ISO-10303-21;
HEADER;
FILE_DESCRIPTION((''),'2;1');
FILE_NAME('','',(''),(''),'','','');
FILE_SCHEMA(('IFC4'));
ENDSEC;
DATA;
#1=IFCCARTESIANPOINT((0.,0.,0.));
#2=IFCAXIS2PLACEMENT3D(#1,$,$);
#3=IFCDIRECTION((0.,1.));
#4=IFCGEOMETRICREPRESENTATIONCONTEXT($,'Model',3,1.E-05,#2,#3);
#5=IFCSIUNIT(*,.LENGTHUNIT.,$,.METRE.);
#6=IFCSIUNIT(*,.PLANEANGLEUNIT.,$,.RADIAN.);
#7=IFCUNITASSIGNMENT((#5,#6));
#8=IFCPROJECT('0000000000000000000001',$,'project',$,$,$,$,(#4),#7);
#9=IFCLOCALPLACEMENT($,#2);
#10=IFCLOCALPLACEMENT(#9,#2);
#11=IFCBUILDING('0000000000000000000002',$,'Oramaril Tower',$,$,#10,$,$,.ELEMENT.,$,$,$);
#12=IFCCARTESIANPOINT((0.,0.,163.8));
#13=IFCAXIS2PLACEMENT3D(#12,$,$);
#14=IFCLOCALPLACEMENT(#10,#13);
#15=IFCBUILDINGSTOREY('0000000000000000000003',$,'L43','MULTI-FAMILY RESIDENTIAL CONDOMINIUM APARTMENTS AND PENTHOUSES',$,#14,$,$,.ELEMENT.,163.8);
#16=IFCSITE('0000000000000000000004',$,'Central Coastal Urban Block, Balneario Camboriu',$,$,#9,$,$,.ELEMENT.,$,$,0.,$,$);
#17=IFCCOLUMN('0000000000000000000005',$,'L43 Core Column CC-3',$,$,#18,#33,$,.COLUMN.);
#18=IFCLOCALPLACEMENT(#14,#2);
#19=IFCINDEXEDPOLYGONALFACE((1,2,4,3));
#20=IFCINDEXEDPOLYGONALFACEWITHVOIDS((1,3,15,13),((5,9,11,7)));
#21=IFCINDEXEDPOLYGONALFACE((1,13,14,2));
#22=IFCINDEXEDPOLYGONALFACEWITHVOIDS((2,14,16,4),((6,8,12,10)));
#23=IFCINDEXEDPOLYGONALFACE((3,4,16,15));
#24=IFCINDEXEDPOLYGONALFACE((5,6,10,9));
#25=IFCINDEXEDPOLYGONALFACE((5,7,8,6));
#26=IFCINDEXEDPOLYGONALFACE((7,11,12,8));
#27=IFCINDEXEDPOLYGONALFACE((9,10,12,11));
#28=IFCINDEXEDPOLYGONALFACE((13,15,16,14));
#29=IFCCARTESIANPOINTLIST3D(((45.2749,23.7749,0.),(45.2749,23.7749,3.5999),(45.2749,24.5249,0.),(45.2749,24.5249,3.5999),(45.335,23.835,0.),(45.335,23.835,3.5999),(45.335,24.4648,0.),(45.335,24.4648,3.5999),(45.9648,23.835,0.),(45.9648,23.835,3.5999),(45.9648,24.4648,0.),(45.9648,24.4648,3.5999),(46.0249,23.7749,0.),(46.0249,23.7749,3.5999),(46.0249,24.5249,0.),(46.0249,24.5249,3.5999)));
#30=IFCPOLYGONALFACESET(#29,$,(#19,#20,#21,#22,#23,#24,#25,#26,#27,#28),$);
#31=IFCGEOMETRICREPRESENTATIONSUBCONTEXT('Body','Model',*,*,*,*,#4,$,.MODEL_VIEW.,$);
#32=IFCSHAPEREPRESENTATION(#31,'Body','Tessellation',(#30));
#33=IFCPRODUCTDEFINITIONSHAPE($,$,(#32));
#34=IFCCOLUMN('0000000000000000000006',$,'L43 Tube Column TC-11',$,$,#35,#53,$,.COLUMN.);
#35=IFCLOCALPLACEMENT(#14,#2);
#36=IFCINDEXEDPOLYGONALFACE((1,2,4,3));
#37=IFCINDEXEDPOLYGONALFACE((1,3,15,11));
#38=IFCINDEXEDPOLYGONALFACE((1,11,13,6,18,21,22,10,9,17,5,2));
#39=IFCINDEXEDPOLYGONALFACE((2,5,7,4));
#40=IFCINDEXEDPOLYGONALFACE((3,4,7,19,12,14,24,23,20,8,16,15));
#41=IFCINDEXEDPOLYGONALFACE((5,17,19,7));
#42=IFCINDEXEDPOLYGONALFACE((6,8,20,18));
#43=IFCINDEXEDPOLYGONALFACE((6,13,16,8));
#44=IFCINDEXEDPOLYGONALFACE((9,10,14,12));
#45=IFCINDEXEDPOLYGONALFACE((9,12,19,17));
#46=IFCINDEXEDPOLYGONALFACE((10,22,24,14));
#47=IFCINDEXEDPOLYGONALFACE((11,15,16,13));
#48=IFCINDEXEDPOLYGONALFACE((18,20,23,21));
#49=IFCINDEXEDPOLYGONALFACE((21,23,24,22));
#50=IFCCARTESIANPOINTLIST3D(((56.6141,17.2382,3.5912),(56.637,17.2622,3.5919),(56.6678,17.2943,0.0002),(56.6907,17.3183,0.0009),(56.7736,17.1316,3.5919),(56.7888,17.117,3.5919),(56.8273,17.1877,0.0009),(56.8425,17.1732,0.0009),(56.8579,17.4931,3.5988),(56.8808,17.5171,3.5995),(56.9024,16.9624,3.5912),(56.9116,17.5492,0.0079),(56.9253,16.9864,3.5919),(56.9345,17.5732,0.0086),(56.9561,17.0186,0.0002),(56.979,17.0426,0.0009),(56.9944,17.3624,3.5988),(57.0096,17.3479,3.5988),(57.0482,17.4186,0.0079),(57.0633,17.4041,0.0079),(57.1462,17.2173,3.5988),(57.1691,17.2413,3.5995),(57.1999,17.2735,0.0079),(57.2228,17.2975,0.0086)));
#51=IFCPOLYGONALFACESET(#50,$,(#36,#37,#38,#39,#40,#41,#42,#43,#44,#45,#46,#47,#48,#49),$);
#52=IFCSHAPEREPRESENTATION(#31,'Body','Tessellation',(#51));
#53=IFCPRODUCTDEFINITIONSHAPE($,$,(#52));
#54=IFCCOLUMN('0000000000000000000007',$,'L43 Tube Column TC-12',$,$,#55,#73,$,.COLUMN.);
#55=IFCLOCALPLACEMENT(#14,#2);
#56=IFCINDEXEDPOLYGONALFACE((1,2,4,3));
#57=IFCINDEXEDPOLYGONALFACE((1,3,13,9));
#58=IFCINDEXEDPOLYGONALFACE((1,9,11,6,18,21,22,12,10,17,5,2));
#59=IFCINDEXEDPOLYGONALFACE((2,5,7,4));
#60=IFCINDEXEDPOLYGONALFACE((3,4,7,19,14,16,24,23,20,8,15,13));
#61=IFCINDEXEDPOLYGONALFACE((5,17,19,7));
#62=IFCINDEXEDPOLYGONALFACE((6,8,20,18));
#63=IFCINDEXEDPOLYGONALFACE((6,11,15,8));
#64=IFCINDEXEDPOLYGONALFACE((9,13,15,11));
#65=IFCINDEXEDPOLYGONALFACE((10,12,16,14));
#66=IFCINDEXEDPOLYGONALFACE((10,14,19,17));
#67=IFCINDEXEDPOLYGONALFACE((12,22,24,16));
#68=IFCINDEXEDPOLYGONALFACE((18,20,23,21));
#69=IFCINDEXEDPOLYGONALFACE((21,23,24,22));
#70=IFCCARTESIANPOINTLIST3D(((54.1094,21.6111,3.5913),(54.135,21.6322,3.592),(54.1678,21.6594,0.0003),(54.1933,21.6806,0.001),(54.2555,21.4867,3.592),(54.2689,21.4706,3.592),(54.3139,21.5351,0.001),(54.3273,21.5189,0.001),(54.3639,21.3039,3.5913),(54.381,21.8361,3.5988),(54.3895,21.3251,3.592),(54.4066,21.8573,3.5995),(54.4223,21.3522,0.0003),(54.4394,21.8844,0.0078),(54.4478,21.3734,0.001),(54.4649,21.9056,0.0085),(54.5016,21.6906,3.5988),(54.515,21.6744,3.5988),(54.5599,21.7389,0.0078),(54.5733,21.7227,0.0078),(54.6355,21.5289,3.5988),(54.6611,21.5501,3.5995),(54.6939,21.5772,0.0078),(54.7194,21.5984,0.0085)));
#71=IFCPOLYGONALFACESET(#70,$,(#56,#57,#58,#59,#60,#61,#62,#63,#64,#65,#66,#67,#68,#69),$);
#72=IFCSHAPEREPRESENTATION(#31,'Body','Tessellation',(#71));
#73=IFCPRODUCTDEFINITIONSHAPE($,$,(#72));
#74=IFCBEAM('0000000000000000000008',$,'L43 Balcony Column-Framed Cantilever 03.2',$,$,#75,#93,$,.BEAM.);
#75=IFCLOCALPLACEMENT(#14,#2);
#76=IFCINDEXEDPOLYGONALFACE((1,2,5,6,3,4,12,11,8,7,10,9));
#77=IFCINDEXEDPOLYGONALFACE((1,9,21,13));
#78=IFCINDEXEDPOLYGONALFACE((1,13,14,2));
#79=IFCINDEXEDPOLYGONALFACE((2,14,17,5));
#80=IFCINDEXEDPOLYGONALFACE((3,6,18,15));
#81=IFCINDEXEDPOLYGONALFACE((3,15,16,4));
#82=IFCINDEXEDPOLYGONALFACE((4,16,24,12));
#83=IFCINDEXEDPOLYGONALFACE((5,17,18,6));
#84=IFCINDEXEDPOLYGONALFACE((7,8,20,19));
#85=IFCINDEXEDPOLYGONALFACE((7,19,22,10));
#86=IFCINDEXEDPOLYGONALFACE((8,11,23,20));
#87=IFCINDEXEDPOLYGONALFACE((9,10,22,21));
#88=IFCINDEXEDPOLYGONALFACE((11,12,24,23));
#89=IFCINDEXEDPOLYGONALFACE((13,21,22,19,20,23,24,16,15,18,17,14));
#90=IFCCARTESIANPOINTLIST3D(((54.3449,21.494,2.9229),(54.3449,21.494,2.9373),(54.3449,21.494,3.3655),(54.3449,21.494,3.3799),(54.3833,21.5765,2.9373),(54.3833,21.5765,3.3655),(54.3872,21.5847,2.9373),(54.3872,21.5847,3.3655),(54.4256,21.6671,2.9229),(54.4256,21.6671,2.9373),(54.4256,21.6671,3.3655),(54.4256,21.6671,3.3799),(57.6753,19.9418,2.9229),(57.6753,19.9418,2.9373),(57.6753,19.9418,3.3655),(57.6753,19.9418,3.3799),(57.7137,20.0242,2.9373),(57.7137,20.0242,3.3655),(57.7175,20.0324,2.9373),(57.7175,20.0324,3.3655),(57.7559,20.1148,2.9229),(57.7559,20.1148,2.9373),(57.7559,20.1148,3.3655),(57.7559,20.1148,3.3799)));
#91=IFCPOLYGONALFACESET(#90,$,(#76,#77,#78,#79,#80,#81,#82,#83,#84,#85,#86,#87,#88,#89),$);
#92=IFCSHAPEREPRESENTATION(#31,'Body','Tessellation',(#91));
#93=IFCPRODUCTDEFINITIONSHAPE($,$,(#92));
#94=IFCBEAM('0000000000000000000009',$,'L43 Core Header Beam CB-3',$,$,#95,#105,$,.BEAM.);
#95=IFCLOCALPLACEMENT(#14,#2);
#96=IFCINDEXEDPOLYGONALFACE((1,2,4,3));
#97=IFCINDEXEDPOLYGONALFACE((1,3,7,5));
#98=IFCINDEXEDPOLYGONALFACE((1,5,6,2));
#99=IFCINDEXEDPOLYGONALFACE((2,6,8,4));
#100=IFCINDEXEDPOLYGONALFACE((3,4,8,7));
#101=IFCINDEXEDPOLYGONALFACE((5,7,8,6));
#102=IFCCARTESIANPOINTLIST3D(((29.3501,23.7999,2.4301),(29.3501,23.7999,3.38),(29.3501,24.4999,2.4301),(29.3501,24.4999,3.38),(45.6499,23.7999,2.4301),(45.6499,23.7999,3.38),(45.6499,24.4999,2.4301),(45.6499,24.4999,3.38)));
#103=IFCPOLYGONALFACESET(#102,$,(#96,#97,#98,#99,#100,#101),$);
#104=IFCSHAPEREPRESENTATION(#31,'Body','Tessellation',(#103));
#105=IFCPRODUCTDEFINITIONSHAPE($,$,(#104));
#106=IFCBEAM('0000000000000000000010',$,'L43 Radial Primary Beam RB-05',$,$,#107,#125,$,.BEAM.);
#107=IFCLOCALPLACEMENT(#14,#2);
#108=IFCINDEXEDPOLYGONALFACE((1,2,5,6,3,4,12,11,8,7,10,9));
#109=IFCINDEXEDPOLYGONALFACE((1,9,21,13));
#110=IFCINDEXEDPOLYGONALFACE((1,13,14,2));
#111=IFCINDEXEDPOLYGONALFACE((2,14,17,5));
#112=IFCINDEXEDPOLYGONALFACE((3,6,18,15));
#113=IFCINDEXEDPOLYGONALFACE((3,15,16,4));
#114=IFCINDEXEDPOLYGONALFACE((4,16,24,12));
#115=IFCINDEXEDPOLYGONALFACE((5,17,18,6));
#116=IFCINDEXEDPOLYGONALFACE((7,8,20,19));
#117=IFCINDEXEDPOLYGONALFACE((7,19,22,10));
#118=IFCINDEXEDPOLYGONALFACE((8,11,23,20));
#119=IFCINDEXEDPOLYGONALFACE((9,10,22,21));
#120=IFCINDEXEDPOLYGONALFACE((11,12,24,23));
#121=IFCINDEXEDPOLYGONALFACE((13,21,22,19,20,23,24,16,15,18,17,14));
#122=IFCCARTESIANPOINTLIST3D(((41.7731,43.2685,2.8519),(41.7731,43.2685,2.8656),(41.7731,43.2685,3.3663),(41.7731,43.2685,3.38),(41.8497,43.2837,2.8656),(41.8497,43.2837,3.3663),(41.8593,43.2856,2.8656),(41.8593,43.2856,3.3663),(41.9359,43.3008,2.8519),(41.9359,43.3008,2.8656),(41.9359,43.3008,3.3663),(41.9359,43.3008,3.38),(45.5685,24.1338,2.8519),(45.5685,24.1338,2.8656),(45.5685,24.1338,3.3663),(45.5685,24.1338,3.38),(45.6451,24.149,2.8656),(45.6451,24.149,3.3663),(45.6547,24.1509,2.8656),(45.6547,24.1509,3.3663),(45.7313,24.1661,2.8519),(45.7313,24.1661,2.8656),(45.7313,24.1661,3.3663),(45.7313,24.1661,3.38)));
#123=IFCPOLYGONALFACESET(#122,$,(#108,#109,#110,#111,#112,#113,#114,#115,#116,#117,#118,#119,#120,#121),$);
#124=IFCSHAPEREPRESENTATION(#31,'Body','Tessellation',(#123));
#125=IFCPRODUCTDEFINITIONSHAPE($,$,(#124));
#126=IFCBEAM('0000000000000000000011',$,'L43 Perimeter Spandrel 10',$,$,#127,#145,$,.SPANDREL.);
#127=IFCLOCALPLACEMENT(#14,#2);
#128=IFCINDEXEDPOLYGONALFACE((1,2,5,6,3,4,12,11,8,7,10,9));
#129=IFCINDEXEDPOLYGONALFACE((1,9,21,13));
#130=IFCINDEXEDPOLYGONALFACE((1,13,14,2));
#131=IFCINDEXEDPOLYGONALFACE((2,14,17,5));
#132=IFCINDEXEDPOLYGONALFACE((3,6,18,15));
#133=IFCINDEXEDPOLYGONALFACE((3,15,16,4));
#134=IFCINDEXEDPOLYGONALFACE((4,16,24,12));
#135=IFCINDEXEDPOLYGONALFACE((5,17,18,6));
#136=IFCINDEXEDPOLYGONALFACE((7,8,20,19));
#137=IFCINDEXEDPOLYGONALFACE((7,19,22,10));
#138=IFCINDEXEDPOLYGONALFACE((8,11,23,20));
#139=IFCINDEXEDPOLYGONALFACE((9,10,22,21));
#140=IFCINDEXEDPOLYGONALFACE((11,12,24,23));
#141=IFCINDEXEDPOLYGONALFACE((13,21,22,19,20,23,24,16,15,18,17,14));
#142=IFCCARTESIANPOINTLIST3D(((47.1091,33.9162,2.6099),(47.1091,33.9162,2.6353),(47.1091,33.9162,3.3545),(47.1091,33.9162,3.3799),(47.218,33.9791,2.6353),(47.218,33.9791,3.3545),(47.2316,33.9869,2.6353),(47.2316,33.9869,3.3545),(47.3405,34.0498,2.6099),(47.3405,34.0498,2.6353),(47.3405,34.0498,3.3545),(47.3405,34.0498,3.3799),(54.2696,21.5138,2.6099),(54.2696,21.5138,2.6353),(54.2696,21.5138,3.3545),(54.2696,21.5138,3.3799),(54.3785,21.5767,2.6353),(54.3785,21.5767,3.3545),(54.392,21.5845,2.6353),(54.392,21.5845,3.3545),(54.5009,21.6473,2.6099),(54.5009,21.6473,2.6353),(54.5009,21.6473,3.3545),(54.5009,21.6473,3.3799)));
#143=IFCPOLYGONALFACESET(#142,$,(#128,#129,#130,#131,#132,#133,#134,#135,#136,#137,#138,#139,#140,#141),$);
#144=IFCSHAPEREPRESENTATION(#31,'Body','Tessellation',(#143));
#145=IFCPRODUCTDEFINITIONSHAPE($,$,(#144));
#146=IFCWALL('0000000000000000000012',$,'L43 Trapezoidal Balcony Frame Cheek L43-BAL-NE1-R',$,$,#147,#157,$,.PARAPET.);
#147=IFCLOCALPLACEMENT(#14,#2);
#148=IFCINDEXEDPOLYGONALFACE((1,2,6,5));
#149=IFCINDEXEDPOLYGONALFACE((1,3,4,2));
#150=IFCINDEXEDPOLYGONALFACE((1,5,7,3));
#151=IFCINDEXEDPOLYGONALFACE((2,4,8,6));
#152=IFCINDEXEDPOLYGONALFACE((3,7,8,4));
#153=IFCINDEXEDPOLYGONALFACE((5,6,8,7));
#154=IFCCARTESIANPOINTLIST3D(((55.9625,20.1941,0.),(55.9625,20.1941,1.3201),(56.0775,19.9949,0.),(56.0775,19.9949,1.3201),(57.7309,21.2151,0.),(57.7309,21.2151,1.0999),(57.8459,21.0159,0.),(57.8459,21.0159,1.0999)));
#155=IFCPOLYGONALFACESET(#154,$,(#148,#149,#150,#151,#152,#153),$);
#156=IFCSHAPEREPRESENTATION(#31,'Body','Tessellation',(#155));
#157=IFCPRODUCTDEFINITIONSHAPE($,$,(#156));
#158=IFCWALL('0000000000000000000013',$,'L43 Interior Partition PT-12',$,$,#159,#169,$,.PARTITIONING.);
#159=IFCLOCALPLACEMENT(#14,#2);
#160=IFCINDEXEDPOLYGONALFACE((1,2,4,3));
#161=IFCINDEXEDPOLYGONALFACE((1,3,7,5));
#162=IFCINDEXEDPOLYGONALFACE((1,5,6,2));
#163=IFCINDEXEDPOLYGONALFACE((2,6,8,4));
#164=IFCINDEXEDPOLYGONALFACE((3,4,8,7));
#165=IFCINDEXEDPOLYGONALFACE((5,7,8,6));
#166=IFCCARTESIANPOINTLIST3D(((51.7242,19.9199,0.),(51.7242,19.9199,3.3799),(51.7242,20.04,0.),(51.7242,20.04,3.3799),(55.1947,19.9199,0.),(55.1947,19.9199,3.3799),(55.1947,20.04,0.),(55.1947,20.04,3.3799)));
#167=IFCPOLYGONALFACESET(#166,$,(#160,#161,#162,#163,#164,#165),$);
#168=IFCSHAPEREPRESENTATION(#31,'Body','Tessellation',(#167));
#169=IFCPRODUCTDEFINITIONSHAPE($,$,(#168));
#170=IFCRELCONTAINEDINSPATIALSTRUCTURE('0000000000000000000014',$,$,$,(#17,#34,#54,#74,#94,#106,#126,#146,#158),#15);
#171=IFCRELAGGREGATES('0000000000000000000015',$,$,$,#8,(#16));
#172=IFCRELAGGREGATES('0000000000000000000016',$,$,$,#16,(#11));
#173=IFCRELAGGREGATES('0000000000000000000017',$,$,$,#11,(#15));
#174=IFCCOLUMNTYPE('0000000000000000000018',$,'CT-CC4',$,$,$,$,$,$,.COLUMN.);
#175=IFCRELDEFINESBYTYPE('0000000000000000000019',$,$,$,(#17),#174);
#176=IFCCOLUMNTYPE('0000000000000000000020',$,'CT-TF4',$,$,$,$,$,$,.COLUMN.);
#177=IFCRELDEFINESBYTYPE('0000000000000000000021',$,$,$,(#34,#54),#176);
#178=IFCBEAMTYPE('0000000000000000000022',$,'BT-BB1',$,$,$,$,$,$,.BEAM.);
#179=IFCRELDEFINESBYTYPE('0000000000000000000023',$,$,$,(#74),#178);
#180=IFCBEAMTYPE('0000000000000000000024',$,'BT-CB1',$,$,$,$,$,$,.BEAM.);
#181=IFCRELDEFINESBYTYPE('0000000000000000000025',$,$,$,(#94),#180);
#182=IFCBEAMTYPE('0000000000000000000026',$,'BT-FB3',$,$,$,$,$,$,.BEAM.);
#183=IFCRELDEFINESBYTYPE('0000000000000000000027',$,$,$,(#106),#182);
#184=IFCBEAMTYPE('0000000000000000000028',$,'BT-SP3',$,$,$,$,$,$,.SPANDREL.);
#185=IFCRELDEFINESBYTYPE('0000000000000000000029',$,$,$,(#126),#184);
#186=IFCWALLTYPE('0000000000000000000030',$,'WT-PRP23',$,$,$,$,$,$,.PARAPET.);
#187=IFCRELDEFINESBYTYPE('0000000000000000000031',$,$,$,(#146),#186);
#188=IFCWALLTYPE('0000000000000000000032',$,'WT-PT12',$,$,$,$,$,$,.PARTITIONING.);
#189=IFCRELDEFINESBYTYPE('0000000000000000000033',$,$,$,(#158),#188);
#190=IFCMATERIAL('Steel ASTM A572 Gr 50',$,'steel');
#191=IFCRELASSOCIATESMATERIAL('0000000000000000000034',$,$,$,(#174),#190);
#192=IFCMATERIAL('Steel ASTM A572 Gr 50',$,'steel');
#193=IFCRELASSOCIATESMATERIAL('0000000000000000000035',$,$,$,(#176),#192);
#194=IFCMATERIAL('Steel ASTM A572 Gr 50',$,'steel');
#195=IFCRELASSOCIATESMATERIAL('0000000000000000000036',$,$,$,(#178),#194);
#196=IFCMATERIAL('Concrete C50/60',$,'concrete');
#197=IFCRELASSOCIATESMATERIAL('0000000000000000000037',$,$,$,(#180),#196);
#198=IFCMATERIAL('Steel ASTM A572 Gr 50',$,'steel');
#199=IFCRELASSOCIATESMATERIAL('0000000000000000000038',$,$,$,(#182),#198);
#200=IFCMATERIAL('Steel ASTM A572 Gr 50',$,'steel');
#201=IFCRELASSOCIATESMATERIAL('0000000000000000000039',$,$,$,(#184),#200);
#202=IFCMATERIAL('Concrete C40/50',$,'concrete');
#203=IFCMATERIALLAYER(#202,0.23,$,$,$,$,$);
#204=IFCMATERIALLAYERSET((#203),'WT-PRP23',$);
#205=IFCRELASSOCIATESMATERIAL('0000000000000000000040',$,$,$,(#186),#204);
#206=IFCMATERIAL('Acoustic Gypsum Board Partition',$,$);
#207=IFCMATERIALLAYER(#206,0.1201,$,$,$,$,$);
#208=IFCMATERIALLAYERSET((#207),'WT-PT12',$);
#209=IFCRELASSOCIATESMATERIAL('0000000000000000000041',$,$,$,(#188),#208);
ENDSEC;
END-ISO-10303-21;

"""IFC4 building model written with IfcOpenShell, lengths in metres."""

from ifc_helpers import new_model, si_unit, direction, frame, frame_2d, origin, origin_2d, place, context, subcontext, project, spatial, polyline, rectangle, hollow_rectangle, i_section, outline, extrude, material, layer, layer_set, material_profile, profile_set, type_object, element, save


model = new_model("IFC4")

# Units and contexts
model_context = context("Model", 3, precision=1e-05, world=origin(), true_north=direction((0.0, 1.0)))
body_context = subcontext(model_context, "Body", "Model", "MODEL_VIEW")
ifc_project = project(units=[si_unit("LENGTHUNIT", "METRE"), si_unit("PLANEANGLEUNIT", "RADIAN")], contexts=[model_context])

# Site, building, storey
site_placement = place(None, origin())
site = spatial("IfcSite", under=ifc_project, at=site_placement, Name="Central Coastal Urban Block, Balneario Camboriu", CompositionType="ELEMENT", RefElevation=0.0)
building_placement = place(site_placement, origin())
building = spatial("IfcBuilding", under=site, at=building_placement, Name="Oramaril Tower", CompositionType="ELEMENT")
storey_placement = place(building_placement, frame((0.0, 0.0, 163.8)))
storey = spatial("IfcBuildingStorey", under=building, at=storey_placement, Name="L43", Description="MULTI-FAMILY RESIDENTIAL CONDOMINIUM APARTMENTS AND PENTHOUSES", CompositionType="ELEMENT", Elevation=163.8)

# Columns
ifc_material_1 = material(Name="Steel ASTM A572 Gr 50", Category="steel")
ifc_material_profile_1 = material_profile(ifc_material_1, hollow_rectangle(XDim=0.75, YDim=0.75, WallThickness=0.0601, at=origin_2d()), Name="BOX750X750X60")
ifc_profile_set_1 = profile_set([ifc_material_profile_1], Name="Steel ASTM A572 Gr 50")
column_type_1 = type_object("IfcColumnType", Name="CT-CC4", PredefinedType="COLUMN", material=ifc_profile_set_1)
column_placement = place(storey_placement, frame((45.6499, 24.1499, 0.0), z_axis=(0.0, 0.0, 1.0), x_axis=(1.0, 0.0, 0.0)))
element("IfcColumn", 1, at=column_placement, inside=storey, type_object=column_type_1, Name="L43 Core Column CC-3", PredefinedType="COLUMN", context=body_context, shape_type="SweptSolid", body=[
    extrude(hollow_rectangle(XDim=0.75, YDim=0.75, WallThickness=0.0601, at=origin_2d()), origin(), (0.0, 0.0, 1.0), 3.5999),
])
ifc_material_2 = material(Name="Steel ASTM A572 Gr 50", Category="steel")
ifc_material_profile_2 = material_profile(ifc_material_2, i_section(OverallWidth=0.3989, OverallDepth=0.386, WebThickness=0.021, FlangeThickness=0.0332, at=origin_2d()), Name="W14X176")
ifc_profile_set_2 = profile_set([ifc_material_profile_2], Name="Steel ASTM A572 Gr 50")
column_type_2 = type_object("IfcColumnType", Name="CT-TF4", PredefinedType="COLUMN", material=ifc_profile_set_2)
for number, where, z_axis, x_axis, name in (
    (2, (56.9453, 17.2959, 0.0044), (-0.014953, -0.015633, 0.999766), (0.722642, -0.691223, 0.0), "L43 Tube Column TC-11"),
    (3, (54.4436, 21.6289, 0.0044), (-0.016245, -0.013458, 0.999777), (0.637963, -0.770067, 0.0), "L43 Tube Column TC-12"),
):
    element("IfcColumn", number, at=place(storey_placement, frame(where, z_axis=z_axis, x_axis=x_axis)), inside=storey, type_object=column_type_2, Name=name, PredefinedType="COLUMN", context=body_context, shape_type="SweptSolid", body=[
        extrude(i_section(OverallWidth=0.3989, OverallDepth=0.386, WebThickness=0.021, FlangeThickness=0.0332, at=origin_2d()), origin(), (0.0, 0.0, 1.0), 3.5918),
    ])

# Beams
ifc_material_3 = material(Name="Steel ASTM A572 Gr 50", Category="steel")
ifc_material_profile_3 = material_profile(ifc_material_3, i_section(OverallWidth=0.1909, OverallDepth=0.457, WebThickness=0.009, FlangeThickness=0.0144, at=origin_2d()), Name="W18X50")
ifc_profile_set_3 = profile_set([ifc_material_profile_3], Name="Steel ASTM A572 Gr 50")
beam_type_1 = type_object("IfcBeamType", Name="BT-BB1", PredefinedType="BEAM", material=ifc_profile_set_3)
beam_1_placement = place(storey_placement, frame((54.3853, 21.5806, 3.1514), z_axis=(0.906382, -0.42246, 0.0), x_axis=(0.42246, 0.906382, 0.0)))
element("IfcBeam", 4, at=beam_1_placement, inside=storey, type_object=beam_type_1, Name="L43 Balcony Column-Framed Cantilever 03.2", PredefinedType="BEAM", context=body_context, shape_type="SweptSolid", body=[
    extrude(i_section(OverallWidth=0.1909, OverallDepth=0.457, WebThickness=0.009, FlangeThickness=0.0144, at=origin_2d()), origin(), (0.0, 0.0, 1.0), 3.6743),
])
ifc_material_4 = material(Name="Concrete C50/60", Category="concrete")
ifc_material_profile_4 = material_profile(ifc_material_4, rectangle(XDim=0.7, YDim=0.95, at=origin_2d()), Name="CB700X950")
ifc_profile_set_4 = profile_set([ifc_material_profile_4], Name="Concrete C50/60")
beam_type_2 = type_object("IfcBeamType", Name="BT-CB1", PredefinedType="BEAM", material=ifc_profile_set_4)
beam_2_placement = place(storey_placement, frame((45.6499, 24.1499, 2.905), z_axis=(-1.0, 0.0, 0.0), x_axis=(0.0, -1.0, 0.0)))
element("IfcBeam", 5, at=beam_2_placement, inside=storey, type_object=beam_type_2, Name="L43 Core Header Beam CB-3", PredefinedType="BEAM", context=body_context, shape_type="SweptSolid", body=[
    extrude(rectangle(XDim=0.7, YDim=0.95, at=origin_2d()), origin(), (0.0, 0.0, 1.0), 16.2998),
])
ifc_material_5 = material(Name="Steel ASTM A572 Gr 50", Category="steel")
ifc_material_profile_5 = material_profile(ifc_material_5, i_section(OverallWidth=0.166, OverallDepth=0.5281, WebThickness=0.0098, FlangeThickness=0.0137, at=origin_2d()), Name="W21X50")
ifc_profile_set_5 = profile_set([ifc_material_profile_5], Name="Steel ASTM A572 Gr 50")
beam_type_3 = type_object("IfcBeamType", Name="BT-FB3", PredefinedType="BEAM", material=ifc_profile_set_5)
beam_3_placement = place(storey_placement, frame((45.6499, 24.1499, 3.116), z_axis=(-0.194561, 0.98089, 0.0), x_axis=(-0.98089, -0.194561, 0.0)))
element("IfcBeam", 6, at=beam_3_placement, inside=storey, type_object=beam_type_3, Name="L43 Radial Primary Beam RB-05", PredefinedType="BEAM", context=body_context, shape_type="SweptSolid", body=[
    extrude(i_section(OverallWidth=0.166, OverallDepth=0.5281, WebThickness=0.0098, FlangeThickness=0.0137, at=origin_2d()), origin(), (0.0, 0.0, 1.0), 19.5076),
])
ifc_material_6 = material(Name="Steel ASTM A572 Gr 50", Category="steel")
ifc_material_profile_6 = material_profile(ifc_material_6, i_section(OverallWidth=0.2671, OverallDepth=0.77, WebThickness=0.0156, FlangeThickness=0.0254, at=origin_2d()), Name="W30X132")
ifc_profile_set_6 = profile_set([ifc_material_profile_6], Name="Steel ASTM A572 Gr 50")
beam_type_4 = type_object("IfcBeamType", Name="BT-SP3", PredefinedType="SPANDREL", material=ifc_profile_set_6)
beam_4_placement = place(storey_placement, frame((54.3853, 21.5806, 2.9949), z_axis=(-0.499995, 0.866028, 0.0), x_axis=(-0.866028, -0.499995, 0.0)))
element("IfcBeam", 7, at=beam_4_placement, inside=storey, type_object=beam_type_4, Name="L43 Perimeter Spandrel 10", PredefinedType="SPANDREL", context=body_context, shape_type="SweptSolid", body=[
    extrude(i_section(OverallWidth=0.2671, OverallDepth=0.77, WebThickness=0.0156, FlangeThickness=0.0254, at=origin_2d()), origin(), (0.0, 0.0, 1.0), 14.321),
])

# Walls
ifc_material_7 = material(Name="Concrete C40/50", Category="concrete")
ifc_layer_1 = layer(ifc_material_7, 0.23)
ifc_layer_set_1 = layer_set([ifc_layer_1], Name="WT-PRP23")
wall_type_1 = type_object("IfcWallType", Name="WT-PRP23", PredefinedType="PARAPET", material=ifc_layer_set_1)
wall_1_placement = place(storey_placement, frame((56.02, 20.0945, 0.0), z_axis=(0.0, 0.0, 1.0), x_axis=(0.866012, 0.500023, 0.0)))
element("IfcWall", 8, at=wall_1_placement, inside=storey, type_object=wall_type_1, Name="L43 Trapezoidal Balcony Frame Cheek L43-BAL-NE1-R", PredefinedType="PARAPET", context=body_context, shape_type="SweptSolid", body=[
    extrude(outline(polyline([(0.0, 0.0), (2.042, 0.0), (2.042, 1.0999), (0.0, 1.3201), (0.0, 0.0)])), frame((0.0, 0.115, 0.0), z_axis=(0.0, -1.0, 0.0), x_axis=(1.0, 0.0, 0.0)), (0.0, 0.0, 1.0), 0.23),
])
ifc_material_8 = material(Name="Acoustic Gypsum Board Partition")
ifc_layer_2 = layer(ifc_material_8, 0.1201)
ifc_layer_set_2 = layer_set([ifc_layer_2], Name="WT-PT12")
wall_type_2 = type_object("IfcWallType", Name="WT-PT12", PredefinedType="PARTITIONING", material=ifc_layer_set_2)
wall_2_placement = place(storey_placement, frame((51.7241, 19.98, 0.0), z_axis=(0.0, 0.0, 1.0), x_axis=(1.0, 0.0, 0.0)))
element("IfcWall", 9, at=wall_2_placement, inside=storey, type_object=wall_type_2, Name="L43 Interior Partition PT-12", PredefinedType="PARTITIONING", context=body_context, shape_type="SweptSolid", body=[
    extrude(rectangle(XDim=3.4705, YDim=0.1201, at=frame_2d((1.7354, 0.0))), origin(), (0.0, 0.0, 1.0), 3.3799),
])

save(model, "model.ifc")
